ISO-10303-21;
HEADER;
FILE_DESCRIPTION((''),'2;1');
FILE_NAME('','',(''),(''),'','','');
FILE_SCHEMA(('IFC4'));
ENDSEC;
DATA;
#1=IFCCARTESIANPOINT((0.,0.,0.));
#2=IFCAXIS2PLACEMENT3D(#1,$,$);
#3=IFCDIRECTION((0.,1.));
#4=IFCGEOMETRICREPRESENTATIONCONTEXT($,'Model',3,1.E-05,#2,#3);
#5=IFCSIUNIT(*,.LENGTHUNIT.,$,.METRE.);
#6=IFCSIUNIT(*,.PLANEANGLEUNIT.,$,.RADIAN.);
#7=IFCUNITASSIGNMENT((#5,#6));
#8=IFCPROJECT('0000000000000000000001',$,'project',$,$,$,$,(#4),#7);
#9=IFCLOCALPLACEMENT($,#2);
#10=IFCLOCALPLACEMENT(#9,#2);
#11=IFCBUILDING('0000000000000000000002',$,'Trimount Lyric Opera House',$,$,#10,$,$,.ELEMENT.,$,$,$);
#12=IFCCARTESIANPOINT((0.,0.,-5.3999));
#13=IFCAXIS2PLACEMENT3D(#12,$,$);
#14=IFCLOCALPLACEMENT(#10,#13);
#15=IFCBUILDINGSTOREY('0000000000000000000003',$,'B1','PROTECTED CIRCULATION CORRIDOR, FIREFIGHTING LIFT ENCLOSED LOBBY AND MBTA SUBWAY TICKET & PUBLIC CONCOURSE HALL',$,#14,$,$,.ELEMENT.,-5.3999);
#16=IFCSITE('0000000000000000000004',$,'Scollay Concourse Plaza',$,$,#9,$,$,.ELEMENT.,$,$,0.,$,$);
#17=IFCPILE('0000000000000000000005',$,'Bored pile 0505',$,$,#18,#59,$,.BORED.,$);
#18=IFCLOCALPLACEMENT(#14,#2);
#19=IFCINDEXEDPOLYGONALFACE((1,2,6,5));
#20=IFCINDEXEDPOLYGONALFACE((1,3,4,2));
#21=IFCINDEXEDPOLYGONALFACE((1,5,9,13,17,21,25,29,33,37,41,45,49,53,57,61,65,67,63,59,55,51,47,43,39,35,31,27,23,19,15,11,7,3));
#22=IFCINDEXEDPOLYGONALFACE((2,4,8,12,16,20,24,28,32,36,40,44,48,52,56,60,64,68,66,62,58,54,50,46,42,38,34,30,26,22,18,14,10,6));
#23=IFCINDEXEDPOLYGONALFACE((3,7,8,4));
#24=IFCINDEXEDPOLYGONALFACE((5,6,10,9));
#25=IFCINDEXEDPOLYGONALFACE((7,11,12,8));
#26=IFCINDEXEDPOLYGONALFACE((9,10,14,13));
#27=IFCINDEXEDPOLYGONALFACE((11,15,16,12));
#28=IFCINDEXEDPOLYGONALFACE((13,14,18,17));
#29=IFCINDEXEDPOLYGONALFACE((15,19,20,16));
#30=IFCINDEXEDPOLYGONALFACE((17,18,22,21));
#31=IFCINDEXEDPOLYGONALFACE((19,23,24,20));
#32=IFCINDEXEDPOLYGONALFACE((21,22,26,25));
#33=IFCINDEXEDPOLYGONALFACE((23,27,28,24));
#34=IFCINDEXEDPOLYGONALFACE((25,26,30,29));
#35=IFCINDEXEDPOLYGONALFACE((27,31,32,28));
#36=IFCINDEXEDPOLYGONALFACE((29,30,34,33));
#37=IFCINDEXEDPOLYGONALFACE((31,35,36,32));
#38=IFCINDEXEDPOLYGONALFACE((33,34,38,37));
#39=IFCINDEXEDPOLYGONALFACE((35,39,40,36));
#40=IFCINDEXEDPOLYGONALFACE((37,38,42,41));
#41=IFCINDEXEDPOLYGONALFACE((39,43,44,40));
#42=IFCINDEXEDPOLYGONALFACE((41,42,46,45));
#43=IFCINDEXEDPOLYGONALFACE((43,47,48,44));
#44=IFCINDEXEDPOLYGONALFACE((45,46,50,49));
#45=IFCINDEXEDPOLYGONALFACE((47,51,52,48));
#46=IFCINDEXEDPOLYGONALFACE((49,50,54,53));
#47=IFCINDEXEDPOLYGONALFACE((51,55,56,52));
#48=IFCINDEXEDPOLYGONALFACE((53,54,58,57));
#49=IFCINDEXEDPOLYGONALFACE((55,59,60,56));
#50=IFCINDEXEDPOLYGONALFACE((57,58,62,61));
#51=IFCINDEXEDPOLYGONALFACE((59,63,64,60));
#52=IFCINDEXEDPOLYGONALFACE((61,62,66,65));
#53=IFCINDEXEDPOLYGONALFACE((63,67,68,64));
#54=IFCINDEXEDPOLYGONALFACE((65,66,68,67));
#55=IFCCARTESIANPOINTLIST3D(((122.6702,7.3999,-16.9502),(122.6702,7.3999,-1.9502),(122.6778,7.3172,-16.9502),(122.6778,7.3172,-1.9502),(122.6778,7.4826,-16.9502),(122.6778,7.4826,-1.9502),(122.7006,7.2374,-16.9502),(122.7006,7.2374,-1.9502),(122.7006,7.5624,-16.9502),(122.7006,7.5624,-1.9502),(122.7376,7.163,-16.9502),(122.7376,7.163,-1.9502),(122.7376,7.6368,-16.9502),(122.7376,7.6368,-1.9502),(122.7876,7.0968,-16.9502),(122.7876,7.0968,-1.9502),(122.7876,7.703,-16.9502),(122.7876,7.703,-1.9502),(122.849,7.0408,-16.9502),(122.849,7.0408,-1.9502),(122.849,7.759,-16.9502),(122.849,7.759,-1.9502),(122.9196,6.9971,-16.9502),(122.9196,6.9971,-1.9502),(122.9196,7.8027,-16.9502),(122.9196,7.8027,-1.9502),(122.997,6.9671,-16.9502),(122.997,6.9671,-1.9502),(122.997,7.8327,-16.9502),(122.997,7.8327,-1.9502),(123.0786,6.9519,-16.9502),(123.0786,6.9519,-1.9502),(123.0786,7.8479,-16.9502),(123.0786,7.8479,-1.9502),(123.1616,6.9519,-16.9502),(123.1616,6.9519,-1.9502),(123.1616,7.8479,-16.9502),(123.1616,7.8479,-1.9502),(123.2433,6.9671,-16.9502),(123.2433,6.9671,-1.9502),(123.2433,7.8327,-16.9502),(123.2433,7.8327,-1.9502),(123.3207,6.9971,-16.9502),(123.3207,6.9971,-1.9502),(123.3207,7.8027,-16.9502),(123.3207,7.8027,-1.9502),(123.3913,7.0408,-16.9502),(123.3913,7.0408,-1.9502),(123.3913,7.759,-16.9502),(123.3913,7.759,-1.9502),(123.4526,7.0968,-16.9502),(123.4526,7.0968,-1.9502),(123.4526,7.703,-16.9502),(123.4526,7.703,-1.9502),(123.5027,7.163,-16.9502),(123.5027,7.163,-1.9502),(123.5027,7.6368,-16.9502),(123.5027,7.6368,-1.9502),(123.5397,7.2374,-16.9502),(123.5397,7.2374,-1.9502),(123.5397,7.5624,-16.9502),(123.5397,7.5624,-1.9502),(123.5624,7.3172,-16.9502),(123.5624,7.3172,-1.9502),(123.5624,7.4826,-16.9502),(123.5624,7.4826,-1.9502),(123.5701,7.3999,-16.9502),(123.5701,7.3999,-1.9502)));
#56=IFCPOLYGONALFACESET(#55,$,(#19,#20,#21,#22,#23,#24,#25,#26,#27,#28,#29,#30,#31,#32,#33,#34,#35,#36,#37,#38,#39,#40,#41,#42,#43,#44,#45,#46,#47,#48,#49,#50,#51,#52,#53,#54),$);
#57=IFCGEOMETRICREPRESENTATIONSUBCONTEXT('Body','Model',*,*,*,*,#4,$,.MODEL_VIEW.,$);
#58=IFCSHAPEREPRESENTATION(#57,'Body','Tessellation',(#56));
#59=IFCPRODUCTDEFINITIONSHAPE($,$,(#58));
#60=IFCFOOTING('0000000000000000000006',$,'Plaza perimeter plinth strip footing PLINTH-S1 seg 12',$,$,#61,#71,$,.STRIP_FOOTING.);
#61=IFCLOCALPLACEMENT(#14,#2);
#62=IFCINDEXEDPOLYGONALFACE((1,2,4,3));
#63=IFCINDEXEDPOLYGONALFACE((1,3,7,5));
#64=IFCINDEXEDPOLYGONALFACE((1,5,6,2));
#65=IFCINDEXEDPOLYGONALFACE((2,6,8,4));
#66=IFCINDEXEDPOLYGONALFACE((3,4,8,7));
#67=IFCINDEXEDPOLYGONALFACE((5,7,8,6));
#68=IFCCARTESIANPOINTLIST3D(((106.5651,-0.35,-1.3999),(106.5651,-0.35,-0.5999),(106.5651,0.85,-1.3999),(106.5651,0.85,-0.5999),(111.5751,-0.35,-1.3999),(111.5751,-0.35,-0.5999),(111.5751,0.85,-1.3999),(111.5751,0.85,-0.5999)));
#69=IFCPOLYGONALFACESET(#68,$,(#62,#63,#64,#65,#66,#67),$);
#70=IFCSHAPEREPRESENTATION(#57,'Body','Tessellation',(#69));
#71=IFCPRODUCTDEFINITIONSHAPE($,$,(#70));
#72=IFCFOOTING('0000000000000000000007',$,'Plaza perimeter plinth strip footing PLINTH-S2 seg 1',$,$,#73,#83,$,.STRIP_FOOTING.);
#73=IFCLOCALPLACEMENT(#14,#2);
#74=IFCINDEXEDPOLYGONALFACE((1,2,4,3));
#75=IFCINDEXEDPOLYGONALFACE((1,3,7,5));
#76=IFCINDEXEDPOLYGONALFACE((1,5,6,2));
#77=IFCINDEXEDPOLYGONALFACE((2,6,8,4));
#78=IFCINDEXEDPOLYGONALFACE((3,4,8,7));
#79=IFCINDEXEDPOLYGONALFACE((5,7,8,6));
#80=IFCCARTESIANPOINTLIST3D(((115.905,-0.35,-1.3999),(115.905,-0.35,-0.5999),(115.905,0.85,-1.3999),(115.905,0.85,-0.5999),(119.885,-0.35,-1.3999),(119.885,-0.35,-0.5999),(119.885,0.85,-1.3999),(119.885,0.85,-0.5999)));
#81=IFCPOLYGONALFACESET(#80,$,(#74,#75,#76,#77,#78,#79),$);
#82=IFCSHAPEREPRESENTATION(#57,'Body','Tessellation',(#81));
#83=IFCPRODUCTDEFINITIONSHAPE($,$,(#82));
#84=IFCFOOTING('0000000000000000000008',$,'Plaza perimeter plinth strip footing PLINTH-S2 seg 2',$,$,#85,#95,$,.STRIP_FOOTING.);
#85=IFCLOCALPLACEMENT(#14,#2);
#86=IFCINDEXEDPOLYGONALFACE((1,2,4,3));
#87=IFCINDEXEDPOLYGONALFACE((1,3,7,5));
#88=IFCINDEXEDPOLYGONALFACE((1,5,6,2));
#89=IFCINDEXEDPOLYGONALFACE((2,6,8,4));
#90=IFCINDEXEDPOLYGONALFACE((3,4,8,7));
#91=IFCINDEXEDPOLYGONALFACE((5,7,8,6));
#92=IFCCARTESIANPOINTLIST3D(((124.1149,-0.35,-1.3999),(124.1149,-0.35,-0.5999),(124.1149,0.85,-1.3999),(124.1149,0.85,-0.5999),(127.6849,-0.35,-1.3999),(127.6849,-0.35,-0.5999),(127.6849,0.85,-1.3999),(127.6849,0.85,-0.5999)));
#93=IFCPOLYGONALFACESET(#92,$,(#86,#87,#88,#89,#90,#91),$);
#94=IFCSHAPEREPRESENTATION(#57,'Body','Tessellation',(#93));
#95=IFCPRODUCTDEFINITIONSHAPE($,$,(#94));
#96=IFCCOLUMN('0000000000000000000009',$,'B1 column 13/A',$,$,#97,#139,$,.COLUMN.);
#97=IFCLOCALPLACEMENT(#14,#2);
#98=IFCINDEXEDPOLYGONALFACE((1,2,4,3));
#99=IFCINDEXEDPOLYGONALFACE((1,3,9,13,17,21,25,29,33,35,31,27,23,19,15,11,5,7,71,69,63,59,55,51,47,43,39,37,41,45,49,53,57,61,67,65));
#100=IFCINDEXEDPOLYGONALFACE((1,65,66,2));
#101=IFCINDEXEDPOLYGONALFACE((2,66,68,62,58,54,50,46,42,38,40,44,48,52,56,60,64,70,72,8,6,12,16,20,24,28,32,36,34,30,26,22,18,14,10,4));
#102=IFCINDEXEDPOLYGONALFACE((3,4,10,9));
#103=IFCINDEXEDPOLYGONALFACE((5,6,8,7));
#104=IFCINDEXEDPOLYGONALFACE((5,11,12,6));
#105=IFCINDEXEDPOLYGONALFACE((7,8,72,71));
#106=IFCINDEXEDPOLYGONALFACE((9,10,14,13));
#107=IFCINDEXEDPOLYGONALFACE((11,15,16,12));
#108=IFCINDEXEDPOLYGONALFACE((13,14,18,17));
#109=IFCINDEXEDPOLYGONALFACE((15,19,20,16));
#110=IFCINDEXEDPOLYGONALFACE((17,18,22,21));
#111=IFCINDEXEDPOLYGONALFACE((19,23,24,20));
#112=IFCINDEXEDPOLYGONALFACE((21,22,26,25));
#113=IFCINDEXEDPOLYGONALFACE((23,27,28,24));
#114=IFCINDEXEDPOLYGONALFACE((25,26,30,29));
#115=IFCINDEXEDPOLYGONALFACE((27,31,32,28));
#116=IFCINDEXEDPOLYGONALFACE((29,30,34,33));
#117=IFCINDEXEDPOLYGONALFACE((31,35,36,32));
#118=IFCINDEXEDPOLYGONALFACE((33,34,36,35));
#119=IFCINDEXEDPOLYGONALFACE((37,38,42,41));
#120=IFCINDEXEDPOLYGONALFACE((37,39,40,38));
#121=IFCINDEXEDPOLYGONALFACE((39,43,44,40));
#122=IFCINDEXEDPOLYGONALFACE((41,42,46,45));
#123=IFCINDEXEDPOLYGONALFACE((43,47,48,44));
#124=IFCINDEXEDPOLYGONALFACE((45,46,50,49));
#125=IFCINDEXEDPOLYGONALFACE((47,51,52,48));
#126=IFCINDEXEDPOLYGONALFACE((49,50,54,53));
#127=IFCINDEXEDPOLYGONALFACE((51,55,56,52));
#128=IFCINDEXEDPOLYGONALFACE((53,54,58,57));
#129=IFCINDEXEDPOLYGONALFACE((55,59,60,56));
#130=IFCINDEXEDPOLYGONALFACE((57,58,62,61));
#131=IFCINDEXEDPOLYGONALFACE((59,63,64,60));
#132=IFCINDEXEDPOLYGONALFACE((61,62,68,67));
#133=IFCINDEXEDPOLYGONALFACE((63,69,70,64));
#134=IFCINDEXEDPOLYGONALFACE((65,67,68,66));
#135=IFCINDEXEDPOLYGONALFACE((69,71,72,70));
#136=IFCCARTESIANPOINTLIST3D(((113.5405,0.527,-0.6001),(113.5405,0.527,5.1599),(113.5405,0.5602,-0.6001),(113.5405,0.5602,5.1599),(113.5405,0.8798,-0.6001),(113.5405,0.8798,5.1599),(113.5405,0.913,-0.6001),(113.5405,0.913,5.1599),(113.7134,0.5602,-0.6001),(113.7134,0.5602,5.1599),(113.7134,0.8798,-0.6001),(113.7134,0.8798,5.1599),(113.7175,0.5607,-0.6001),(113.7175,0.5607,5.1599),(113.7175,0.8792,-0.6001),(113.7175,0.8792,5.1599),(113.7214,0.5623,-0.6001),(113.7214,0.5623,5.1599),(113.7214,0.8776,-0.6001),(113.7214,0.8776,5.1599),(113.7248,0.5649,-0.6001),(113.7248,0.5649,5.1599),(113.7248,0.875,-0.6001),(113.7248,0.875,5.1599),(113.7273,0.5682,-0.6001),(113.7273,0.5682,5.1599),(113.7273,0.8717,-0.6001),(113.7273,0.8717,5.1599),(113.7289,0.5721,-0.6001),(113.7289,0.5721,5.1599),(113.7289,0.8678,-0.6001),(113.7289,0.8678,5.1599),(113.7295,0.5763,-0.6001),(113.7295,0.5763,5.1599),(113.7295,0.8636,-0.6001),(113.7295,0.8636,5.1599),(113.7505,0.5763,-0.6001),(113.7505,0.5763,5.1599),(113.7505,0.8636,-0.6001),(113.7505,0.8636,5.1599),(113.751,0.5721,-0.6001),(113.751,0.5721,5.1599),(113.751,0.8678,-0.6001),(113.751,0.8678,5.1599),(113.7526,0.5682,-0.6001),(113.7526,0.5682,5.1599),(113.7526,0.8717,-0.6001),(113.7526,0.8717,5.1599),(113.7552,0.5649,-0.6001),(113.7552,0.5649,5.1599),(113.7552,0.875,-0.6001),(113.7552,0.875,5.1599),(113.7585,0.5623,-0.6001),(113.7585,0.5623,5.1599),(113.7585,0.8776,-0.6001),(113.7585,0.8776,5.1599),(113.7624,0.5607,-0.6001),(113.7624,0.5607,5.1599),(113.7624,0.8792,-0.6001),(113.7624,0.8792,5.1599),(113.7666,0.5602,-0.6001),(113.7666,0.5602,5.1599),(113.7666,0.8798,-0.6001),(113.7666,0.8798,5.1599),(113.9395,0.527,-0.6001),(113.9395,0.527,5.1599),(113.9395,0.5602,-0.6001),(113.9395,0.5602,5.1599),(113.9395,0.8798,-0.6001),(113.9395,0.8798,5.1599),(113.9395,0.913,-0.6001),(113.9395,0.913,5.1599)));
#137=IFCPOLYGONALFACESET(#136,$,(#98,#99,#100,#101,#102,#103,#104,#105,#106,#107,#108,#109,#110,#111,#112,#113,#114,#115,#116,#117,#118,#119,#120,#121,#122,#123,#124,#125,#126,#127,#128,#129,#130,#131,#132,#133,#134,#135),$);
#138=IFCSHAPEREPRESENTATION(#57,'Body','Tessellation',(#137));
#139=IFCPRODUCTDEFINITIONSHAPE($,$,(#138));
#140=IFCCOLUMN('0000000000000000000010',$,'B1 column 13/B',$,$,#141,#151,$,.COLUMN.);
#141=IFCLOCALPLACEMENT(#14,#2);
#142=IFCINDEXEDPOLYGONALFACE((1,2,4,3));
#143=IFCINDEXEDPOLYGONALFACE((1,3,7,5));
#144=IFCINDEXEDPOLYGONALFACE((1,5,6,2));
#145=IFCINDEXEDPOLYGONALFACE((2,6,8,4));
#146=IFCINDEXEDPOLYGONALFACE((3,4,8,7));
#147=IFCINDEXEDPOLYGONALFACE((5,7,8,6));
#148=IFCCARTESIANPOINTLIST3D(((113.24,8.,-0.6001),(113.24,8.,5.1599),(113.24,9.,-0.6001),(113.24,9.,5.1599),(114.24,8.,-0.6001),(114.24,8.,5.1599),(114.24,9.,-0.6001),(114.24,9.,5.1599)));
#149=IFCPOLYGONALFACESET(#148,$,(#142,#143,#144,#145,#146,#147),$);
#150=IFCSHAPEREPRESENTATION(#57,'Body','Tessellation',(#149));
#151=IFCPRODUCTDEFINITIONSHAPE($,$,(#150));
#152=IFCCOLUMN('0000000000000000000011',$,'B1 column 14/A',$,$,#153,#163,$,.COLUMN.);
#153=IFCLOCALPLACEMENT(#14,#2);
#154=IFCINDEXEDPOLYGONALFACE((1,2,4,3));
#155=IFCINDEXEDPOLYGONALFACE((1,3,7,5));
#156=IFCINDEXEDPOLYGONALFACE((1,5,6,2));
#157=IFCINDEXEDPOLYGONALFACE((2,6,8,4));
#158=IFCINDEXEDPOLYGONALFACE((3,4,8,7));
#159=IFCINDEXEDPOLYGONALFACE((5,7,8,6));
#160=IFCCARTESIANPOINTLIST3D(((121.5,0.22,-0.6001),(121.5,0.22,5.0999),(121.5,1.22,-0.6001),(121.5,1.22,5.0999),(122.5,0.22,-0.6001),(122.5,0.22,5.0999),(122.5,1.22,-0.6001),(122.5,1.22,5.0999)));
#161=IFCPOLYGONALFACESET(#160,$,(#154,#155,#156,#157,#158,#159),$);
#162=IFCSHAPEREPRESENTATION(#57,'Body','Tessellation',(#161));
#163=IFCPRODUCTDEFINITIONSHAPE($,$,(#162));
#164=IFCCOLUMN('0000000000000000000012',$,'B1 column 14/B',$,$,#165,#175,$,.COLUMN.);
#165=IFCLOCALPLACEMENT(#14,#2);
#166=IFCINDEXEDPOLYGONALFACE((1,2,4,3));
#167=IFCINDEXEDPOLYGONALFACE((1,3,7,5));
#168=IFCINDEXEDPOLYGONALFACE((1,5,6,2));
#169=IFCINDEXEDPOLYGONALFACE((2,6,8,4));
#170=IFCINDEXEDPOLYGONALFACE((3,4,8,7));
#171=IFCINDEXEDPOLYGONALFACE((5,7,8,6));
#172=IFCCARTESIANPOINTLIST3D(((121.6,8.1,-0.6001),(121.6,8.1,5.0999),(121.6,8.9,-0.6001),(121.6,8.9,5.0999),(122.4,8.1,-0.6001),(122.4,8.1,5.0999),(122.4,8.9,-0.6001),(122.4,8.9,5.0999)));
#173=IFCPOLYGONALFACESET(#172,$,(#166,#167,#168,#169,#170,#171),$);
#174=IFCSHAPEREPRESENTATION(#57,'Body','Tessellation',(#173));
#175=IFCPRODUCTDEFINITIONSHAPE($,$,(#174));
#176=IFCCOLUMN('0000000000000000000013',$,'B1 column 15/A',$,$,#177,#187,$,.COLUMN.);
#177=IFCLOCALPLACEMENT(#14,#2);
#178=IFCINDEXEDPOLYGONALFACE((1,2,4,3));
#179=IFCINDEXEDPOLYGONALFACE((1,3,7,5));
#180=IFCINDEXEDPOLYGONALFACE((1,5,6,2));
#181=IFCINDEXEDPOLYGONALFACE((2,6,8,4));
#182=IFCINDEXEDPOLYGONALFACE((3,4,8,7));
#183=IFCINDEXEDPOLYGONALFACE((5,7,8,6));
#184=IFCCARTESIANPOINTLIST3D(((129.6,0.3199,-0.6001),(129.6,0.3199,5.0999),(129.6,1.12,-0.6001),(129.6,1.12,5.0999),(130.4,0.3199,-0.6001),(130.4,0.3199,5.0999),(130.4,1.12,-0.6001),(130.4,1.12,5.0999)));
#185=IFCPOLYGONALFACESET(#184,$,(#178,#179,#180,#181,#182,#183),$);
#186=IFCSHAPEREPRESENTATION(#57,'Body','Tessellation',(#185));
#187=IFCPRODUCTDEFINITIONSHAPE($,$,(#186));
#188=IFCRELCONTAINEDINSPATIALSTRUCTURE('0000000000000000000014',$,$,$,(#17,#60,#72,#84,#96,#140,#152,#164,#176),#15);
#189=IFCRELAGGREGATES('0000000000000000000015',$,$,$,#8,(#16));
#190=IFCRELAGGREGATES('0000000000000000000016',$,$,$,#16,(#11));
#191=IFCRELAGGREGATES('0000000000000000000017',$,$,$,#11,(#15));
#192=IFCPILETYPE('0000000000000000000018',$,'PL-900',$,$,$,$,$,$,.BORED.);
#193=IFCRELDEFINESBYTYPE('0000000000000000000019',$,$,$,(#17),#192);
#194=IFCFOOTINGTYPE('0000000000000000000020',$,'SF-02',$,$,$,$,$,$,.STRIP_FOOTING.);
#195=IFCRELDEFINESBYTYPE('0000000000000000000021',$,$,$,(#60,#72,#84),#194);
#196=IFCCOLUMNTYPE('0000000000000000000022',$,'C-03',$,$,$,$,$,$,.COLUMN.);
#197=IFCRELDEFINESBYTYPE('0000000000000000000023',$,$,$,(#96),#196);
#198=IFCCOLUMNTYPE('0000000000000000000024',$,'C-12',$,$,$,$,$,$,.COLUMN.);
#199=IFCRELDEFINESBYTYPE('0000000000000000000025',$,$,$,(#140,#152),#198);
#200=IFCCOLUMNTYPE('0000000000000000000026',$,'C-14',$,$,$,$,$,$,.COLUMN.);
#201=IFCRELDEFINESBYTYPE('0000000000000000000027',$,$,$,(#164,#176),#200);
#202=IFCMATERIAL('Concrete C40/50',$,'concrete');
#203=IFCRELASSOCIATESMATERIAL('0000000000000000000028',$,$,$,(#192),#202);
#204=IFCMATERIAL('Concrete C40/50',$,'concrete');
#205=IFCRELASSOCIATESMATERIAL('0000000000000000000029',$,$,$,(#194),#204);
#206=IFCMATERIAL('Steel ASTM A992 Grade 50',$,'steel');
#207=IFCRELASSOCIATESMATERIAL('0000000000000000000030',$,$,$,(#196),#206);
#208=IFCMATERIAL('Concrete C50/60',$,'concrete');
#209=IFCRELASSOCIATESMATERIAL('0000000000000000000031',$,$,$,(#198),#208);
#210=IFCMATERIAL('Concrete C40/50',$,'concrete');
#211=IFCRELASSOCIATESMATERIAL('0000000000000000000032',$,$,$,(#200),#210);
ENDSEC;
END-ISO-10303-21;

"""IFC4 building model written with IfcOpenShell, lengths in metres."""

from ifc_helpers import new_model, si_unit, direction, frame, origin, origin_2d, place, context, subcontext, project, spatial, rectangle, circle, i_section, extrude, material, material_profile, profile_set, type_object, element, save


model = new_model("IFC4")

# Units and contexts
model_context = context("Model", 3, precision=1e-05, world=origin(), true_north=direction((0.0, 1.0)))
body_context = subcontext(model_context, "Body", "Model", "MODEL_VIEW")
ifc_project = project(units=[si_unit("LENGTHUNIT", "METRE"), si_unit("PLANEANGLEUNIT", "RADIAN")], contexts=[model_context])

# Site, building, storey
site_placement = place(None, origin())
site = spatial("IfcSite", under=ifc_project, at=site_placement, Name="Scollay Concourse Plaza", CompositionType="ELEMENT", RefElevation=0.0)
building_placement = place(site_placement, origin())
building = spatial("IfcBuilding", under=site, at=building_placement, Name="Trimount Lyric Opera House", CompositionType="ELEMENT")
storey_placement = place(building_placement, frame((0.0, 0.0, -5.3999)))
storey = spatial("IfcBuildingStorey", under=building, at=storey_placement, Name="B1", Description="PROTECTED CIRCULATION CORRIDOR, FIREFIGHTING LIFT ENCLOSED LOBBY AND MBTA SUBWAY TICKET & PUBLIC CONCOURSE HALL", CompositionType="ELEMENT", Elevation=-5.3999)

# Pile
ifc_material_1 = material(Name="Concrete C40/50", Category="concrete")
ifc_material_profile_1 = material_profile(ifc_material_1, circle(Radius=0.45, at=origin_2d()), Name="PILE-D900")
ifc_profile_set_1 = profile_set([ifc_material_profile_1], Name="Concrete C40/50")
pile_type_1 = type_object("IfcPileType", Name="PL-900", PredefinedType="BORED", material=ifc_profile_set_1)
for number, where, z_axis, x_axis, name in (
    (1, (123.1201, 7.3999, -1.9502), (0.0, 0.0, -1.0), (1.0, 0.0, 0.0), "Bored pile 0505"),
):
    element("IfcPile", number, at=place(storey_placement, frame(where, z_axis=z_axis, x_axis=x_axis)), inside=storey, type_object=pile_type_1, Name=name, PredefinedType="BORED", context=body_context, shape_type="SweptSolid", body=[
        extrude(circle(Radius=0.45, at=origin_2d()), origin(), (0.0, 0.0, 1.0), 15.0),
    ])

# Footings
ifc_material_2 = material(Name="Concrete C40/50", Category="concrete")
footing_type_1 = type_object("IfcFootingType", Name="SF-02", PredefinedType="STRIP_FOOTING", material=ifc_material_2)
footing_1_placement = place(storey_placement, frame((109.0701, 0.25, -1.3999), z_axis=(0.0, 0.0, 1.0), x_axis=(1.0, 0.0, 0.0)))
element("IfcFooting", 2, at=footing_1_placement, inside=storey, type_object=footing_type_1, Name="Plaza perimeter plinth strip footing PLINTH-S1 seg 12", PredefinedType="STRIP_FOOTING", context=body_context, shape_type="SweptSolid", body=[
    extrude(rectangle(XDim=5.01, YDim=1.2, at=origin_2d()), origin(), (0.0, 0.0, 1.0), 0.8),
])
footing_2_placement = place(storey_placement, frame((117.895, 0.25, -1.3999), z_axis=(0.0, 0.0, 1.0), x_axis=(1.0, 0.0, 0.0)))
element("IfcFooting", 3, at=footing_2_placement, inside=storey, type_object=footing_type_1, Name="Plaza perimeter plinth strip footing PLINTH-S2 seg 1", PredefinedType="STRIP_FOOTING", context=body_context, shape_type="SweptSolid", body=[
    extrude(rectangle(XDim=3.98, YDim=1.2, at=origin_2d()), origin(), (0.0, 0.0, 1.0), 0.8),
])
footing_3_placement = place(storey_placement, frame((125.8999, 0.25, -1.3999), z_axis=(0.0, 0.0, 1.0), x_axis=(1.0, 0.0, 0.0)))
element("IfcFooting", 4, at=footing_3_placement, inside=storey, type_object=footing_type_1, Name="Plaza perimeter plinth strip footing PLINTH-S2 seg 2", PredefinedType="STRIP_FOOTING", context=body_context, shape_type="SweptSolid", body=[
    extrude(rectangle(XDim=3.5701, YDim=1.2, at=origin_2d()), origin(), (0.0, 0.0, 1.0), 0.8),
])

# Columns
ifc_material_3 = material(Name="Steel ASTM A992 Grade 50", Category="steel")
ifc_material_profile_2 = material_profile(ifc_material_3, i_section(OverallWidth=0.3989, OverallDepth=0.386, WebThickness=0.021, FlangeThickness=0.0332, FilletRadius=0.0161, at=origin_2d()), Name="W14X176")
ifc_profile_set_2 = profile_set([ifc_material_profile_2], Name="Steel ASTM A992 Grade 50")
column_type_1 = type_object("IfcColumnType", Name="C-03", PredefinedType="COLUMN", material=ifc_profile_set_2)
column_1_placement = place(storey_placement, frame((113.74, 0.72, -0.6001), z_axis=(0.0, 0.0, 1.0), x_axis=(1.0, 0.0, 0.0)))
element("IfcColumn", 5, at=column_1_placement, inside=storey, type_object=column_type_1, Name="B1 column 13/A", PredefinedType="COLUMN", context=body_context, shape_type="SweptSolid", body=[
    extrude(i_section(OverallWidth=0.3989, OverallDepth=0.386, WebThickness=0.021, FlangeThickness=0.0332, FilletRadius=0.0161, at=origin_2d()), origin(), (0.0, 0.0, 1.0), 5.76),
])
ifc_material_4 = material(Name="Concrete C50/60", Category="concrete")
ifc_material_profile_3 = material_profile(ifc_material_4, rectangle(XDim=1.0, YDim=1.0, at=origin_2d()), Name="RC1000X1000")
ifc_profile_set_3 = profile_set([ifc_material_profile_3], Name="Concrete C50/60")
column_type_2 = type_object("IfcColumnType", Name="C-12", PredefinedType="COLUMN", material=ifc_profile_set_3)
column_2_placement = place(storey_placement, frame((113.74, 8.5, -0.6001), z_axis=(0.0, 0.0, 1.0), x_axis=(1.0, 0.0, 0.0)))
element("IfcColumn", 6, at=column_2_placement, inside=storey, type_object=column_type_2, Name="B1 column 13/B", PredefinedType="COLUMN", context=body_context, shape_type="SweptSolid", body=[
    extrude(rectangle(XDim=1.0, YDim=1.0, at=origin_2d()), origin(), (0.0, 0.0, 1.0), 5.76),
])
column_3_placement = place(storey_placement, frame((122.0, 0.72, -0.6001), z_axis=(0.0, 0.0, 1.0), x_axis=(1.0, 0.0, 0.0)))
element("IfcColumn", 7, at=column_3_placement, inside=storey, type_object=column_type_2, Name="B1 column 14/A", PredefinedType="COLUMN", context=body_context, shape_type="SweptSolid", body=[
    extrude(rectangle(XDim=1.0, YDim=1.0, at=origin_2d()), origin(), (0.0, 0.0, 1.0), 5.7),
])
ifc_material_5 = material(Name="Concrete C40/50", Category="concrete")
ifc_material_profile_4 = material_profile(ifc_material_5, rectangle(XDim=0.8, YDim=0.8, at=origin_2d()), Name="RC800X800")
ifc_profile_set_4 = profile_set([ifc_material_profile_4], Name="Concrete C40/50")
column_type_3 = type_object("IfcColumnType", Name="C-14", PredefinedType="COLUMN", material=ifc_profile_set_4)
for number, where, z_axis, x_axis, name in (
    (8, (122.0, 8.5, -0.6001), (0.0, 0.0, 1.0), (1.0, 0.0, 0.0), "B1 column 14/B"),
    (9, (130.0, 0.72, -0.6001), (0.0, 0.0, 1.0), (1.0, 0.0, 0.0), "B1 column 15/A"),
):
    element("IfcColumn", number, at=place(storey_placement, frame(where, z_axis=z_axis, x_axis=x_axis)), inside=storey, type_object=column_type_3, Name=name, PredefinedType="COLUMN", context=body_context, shape_type="SweptSolid", body=[
        extrude(rectangle(XDim=0.8, YDim=0.8, at=origin_2d()), origin(), (0.0, 0.0, 1.0), 5.7),
    ])

save(model, "model.ifc")
